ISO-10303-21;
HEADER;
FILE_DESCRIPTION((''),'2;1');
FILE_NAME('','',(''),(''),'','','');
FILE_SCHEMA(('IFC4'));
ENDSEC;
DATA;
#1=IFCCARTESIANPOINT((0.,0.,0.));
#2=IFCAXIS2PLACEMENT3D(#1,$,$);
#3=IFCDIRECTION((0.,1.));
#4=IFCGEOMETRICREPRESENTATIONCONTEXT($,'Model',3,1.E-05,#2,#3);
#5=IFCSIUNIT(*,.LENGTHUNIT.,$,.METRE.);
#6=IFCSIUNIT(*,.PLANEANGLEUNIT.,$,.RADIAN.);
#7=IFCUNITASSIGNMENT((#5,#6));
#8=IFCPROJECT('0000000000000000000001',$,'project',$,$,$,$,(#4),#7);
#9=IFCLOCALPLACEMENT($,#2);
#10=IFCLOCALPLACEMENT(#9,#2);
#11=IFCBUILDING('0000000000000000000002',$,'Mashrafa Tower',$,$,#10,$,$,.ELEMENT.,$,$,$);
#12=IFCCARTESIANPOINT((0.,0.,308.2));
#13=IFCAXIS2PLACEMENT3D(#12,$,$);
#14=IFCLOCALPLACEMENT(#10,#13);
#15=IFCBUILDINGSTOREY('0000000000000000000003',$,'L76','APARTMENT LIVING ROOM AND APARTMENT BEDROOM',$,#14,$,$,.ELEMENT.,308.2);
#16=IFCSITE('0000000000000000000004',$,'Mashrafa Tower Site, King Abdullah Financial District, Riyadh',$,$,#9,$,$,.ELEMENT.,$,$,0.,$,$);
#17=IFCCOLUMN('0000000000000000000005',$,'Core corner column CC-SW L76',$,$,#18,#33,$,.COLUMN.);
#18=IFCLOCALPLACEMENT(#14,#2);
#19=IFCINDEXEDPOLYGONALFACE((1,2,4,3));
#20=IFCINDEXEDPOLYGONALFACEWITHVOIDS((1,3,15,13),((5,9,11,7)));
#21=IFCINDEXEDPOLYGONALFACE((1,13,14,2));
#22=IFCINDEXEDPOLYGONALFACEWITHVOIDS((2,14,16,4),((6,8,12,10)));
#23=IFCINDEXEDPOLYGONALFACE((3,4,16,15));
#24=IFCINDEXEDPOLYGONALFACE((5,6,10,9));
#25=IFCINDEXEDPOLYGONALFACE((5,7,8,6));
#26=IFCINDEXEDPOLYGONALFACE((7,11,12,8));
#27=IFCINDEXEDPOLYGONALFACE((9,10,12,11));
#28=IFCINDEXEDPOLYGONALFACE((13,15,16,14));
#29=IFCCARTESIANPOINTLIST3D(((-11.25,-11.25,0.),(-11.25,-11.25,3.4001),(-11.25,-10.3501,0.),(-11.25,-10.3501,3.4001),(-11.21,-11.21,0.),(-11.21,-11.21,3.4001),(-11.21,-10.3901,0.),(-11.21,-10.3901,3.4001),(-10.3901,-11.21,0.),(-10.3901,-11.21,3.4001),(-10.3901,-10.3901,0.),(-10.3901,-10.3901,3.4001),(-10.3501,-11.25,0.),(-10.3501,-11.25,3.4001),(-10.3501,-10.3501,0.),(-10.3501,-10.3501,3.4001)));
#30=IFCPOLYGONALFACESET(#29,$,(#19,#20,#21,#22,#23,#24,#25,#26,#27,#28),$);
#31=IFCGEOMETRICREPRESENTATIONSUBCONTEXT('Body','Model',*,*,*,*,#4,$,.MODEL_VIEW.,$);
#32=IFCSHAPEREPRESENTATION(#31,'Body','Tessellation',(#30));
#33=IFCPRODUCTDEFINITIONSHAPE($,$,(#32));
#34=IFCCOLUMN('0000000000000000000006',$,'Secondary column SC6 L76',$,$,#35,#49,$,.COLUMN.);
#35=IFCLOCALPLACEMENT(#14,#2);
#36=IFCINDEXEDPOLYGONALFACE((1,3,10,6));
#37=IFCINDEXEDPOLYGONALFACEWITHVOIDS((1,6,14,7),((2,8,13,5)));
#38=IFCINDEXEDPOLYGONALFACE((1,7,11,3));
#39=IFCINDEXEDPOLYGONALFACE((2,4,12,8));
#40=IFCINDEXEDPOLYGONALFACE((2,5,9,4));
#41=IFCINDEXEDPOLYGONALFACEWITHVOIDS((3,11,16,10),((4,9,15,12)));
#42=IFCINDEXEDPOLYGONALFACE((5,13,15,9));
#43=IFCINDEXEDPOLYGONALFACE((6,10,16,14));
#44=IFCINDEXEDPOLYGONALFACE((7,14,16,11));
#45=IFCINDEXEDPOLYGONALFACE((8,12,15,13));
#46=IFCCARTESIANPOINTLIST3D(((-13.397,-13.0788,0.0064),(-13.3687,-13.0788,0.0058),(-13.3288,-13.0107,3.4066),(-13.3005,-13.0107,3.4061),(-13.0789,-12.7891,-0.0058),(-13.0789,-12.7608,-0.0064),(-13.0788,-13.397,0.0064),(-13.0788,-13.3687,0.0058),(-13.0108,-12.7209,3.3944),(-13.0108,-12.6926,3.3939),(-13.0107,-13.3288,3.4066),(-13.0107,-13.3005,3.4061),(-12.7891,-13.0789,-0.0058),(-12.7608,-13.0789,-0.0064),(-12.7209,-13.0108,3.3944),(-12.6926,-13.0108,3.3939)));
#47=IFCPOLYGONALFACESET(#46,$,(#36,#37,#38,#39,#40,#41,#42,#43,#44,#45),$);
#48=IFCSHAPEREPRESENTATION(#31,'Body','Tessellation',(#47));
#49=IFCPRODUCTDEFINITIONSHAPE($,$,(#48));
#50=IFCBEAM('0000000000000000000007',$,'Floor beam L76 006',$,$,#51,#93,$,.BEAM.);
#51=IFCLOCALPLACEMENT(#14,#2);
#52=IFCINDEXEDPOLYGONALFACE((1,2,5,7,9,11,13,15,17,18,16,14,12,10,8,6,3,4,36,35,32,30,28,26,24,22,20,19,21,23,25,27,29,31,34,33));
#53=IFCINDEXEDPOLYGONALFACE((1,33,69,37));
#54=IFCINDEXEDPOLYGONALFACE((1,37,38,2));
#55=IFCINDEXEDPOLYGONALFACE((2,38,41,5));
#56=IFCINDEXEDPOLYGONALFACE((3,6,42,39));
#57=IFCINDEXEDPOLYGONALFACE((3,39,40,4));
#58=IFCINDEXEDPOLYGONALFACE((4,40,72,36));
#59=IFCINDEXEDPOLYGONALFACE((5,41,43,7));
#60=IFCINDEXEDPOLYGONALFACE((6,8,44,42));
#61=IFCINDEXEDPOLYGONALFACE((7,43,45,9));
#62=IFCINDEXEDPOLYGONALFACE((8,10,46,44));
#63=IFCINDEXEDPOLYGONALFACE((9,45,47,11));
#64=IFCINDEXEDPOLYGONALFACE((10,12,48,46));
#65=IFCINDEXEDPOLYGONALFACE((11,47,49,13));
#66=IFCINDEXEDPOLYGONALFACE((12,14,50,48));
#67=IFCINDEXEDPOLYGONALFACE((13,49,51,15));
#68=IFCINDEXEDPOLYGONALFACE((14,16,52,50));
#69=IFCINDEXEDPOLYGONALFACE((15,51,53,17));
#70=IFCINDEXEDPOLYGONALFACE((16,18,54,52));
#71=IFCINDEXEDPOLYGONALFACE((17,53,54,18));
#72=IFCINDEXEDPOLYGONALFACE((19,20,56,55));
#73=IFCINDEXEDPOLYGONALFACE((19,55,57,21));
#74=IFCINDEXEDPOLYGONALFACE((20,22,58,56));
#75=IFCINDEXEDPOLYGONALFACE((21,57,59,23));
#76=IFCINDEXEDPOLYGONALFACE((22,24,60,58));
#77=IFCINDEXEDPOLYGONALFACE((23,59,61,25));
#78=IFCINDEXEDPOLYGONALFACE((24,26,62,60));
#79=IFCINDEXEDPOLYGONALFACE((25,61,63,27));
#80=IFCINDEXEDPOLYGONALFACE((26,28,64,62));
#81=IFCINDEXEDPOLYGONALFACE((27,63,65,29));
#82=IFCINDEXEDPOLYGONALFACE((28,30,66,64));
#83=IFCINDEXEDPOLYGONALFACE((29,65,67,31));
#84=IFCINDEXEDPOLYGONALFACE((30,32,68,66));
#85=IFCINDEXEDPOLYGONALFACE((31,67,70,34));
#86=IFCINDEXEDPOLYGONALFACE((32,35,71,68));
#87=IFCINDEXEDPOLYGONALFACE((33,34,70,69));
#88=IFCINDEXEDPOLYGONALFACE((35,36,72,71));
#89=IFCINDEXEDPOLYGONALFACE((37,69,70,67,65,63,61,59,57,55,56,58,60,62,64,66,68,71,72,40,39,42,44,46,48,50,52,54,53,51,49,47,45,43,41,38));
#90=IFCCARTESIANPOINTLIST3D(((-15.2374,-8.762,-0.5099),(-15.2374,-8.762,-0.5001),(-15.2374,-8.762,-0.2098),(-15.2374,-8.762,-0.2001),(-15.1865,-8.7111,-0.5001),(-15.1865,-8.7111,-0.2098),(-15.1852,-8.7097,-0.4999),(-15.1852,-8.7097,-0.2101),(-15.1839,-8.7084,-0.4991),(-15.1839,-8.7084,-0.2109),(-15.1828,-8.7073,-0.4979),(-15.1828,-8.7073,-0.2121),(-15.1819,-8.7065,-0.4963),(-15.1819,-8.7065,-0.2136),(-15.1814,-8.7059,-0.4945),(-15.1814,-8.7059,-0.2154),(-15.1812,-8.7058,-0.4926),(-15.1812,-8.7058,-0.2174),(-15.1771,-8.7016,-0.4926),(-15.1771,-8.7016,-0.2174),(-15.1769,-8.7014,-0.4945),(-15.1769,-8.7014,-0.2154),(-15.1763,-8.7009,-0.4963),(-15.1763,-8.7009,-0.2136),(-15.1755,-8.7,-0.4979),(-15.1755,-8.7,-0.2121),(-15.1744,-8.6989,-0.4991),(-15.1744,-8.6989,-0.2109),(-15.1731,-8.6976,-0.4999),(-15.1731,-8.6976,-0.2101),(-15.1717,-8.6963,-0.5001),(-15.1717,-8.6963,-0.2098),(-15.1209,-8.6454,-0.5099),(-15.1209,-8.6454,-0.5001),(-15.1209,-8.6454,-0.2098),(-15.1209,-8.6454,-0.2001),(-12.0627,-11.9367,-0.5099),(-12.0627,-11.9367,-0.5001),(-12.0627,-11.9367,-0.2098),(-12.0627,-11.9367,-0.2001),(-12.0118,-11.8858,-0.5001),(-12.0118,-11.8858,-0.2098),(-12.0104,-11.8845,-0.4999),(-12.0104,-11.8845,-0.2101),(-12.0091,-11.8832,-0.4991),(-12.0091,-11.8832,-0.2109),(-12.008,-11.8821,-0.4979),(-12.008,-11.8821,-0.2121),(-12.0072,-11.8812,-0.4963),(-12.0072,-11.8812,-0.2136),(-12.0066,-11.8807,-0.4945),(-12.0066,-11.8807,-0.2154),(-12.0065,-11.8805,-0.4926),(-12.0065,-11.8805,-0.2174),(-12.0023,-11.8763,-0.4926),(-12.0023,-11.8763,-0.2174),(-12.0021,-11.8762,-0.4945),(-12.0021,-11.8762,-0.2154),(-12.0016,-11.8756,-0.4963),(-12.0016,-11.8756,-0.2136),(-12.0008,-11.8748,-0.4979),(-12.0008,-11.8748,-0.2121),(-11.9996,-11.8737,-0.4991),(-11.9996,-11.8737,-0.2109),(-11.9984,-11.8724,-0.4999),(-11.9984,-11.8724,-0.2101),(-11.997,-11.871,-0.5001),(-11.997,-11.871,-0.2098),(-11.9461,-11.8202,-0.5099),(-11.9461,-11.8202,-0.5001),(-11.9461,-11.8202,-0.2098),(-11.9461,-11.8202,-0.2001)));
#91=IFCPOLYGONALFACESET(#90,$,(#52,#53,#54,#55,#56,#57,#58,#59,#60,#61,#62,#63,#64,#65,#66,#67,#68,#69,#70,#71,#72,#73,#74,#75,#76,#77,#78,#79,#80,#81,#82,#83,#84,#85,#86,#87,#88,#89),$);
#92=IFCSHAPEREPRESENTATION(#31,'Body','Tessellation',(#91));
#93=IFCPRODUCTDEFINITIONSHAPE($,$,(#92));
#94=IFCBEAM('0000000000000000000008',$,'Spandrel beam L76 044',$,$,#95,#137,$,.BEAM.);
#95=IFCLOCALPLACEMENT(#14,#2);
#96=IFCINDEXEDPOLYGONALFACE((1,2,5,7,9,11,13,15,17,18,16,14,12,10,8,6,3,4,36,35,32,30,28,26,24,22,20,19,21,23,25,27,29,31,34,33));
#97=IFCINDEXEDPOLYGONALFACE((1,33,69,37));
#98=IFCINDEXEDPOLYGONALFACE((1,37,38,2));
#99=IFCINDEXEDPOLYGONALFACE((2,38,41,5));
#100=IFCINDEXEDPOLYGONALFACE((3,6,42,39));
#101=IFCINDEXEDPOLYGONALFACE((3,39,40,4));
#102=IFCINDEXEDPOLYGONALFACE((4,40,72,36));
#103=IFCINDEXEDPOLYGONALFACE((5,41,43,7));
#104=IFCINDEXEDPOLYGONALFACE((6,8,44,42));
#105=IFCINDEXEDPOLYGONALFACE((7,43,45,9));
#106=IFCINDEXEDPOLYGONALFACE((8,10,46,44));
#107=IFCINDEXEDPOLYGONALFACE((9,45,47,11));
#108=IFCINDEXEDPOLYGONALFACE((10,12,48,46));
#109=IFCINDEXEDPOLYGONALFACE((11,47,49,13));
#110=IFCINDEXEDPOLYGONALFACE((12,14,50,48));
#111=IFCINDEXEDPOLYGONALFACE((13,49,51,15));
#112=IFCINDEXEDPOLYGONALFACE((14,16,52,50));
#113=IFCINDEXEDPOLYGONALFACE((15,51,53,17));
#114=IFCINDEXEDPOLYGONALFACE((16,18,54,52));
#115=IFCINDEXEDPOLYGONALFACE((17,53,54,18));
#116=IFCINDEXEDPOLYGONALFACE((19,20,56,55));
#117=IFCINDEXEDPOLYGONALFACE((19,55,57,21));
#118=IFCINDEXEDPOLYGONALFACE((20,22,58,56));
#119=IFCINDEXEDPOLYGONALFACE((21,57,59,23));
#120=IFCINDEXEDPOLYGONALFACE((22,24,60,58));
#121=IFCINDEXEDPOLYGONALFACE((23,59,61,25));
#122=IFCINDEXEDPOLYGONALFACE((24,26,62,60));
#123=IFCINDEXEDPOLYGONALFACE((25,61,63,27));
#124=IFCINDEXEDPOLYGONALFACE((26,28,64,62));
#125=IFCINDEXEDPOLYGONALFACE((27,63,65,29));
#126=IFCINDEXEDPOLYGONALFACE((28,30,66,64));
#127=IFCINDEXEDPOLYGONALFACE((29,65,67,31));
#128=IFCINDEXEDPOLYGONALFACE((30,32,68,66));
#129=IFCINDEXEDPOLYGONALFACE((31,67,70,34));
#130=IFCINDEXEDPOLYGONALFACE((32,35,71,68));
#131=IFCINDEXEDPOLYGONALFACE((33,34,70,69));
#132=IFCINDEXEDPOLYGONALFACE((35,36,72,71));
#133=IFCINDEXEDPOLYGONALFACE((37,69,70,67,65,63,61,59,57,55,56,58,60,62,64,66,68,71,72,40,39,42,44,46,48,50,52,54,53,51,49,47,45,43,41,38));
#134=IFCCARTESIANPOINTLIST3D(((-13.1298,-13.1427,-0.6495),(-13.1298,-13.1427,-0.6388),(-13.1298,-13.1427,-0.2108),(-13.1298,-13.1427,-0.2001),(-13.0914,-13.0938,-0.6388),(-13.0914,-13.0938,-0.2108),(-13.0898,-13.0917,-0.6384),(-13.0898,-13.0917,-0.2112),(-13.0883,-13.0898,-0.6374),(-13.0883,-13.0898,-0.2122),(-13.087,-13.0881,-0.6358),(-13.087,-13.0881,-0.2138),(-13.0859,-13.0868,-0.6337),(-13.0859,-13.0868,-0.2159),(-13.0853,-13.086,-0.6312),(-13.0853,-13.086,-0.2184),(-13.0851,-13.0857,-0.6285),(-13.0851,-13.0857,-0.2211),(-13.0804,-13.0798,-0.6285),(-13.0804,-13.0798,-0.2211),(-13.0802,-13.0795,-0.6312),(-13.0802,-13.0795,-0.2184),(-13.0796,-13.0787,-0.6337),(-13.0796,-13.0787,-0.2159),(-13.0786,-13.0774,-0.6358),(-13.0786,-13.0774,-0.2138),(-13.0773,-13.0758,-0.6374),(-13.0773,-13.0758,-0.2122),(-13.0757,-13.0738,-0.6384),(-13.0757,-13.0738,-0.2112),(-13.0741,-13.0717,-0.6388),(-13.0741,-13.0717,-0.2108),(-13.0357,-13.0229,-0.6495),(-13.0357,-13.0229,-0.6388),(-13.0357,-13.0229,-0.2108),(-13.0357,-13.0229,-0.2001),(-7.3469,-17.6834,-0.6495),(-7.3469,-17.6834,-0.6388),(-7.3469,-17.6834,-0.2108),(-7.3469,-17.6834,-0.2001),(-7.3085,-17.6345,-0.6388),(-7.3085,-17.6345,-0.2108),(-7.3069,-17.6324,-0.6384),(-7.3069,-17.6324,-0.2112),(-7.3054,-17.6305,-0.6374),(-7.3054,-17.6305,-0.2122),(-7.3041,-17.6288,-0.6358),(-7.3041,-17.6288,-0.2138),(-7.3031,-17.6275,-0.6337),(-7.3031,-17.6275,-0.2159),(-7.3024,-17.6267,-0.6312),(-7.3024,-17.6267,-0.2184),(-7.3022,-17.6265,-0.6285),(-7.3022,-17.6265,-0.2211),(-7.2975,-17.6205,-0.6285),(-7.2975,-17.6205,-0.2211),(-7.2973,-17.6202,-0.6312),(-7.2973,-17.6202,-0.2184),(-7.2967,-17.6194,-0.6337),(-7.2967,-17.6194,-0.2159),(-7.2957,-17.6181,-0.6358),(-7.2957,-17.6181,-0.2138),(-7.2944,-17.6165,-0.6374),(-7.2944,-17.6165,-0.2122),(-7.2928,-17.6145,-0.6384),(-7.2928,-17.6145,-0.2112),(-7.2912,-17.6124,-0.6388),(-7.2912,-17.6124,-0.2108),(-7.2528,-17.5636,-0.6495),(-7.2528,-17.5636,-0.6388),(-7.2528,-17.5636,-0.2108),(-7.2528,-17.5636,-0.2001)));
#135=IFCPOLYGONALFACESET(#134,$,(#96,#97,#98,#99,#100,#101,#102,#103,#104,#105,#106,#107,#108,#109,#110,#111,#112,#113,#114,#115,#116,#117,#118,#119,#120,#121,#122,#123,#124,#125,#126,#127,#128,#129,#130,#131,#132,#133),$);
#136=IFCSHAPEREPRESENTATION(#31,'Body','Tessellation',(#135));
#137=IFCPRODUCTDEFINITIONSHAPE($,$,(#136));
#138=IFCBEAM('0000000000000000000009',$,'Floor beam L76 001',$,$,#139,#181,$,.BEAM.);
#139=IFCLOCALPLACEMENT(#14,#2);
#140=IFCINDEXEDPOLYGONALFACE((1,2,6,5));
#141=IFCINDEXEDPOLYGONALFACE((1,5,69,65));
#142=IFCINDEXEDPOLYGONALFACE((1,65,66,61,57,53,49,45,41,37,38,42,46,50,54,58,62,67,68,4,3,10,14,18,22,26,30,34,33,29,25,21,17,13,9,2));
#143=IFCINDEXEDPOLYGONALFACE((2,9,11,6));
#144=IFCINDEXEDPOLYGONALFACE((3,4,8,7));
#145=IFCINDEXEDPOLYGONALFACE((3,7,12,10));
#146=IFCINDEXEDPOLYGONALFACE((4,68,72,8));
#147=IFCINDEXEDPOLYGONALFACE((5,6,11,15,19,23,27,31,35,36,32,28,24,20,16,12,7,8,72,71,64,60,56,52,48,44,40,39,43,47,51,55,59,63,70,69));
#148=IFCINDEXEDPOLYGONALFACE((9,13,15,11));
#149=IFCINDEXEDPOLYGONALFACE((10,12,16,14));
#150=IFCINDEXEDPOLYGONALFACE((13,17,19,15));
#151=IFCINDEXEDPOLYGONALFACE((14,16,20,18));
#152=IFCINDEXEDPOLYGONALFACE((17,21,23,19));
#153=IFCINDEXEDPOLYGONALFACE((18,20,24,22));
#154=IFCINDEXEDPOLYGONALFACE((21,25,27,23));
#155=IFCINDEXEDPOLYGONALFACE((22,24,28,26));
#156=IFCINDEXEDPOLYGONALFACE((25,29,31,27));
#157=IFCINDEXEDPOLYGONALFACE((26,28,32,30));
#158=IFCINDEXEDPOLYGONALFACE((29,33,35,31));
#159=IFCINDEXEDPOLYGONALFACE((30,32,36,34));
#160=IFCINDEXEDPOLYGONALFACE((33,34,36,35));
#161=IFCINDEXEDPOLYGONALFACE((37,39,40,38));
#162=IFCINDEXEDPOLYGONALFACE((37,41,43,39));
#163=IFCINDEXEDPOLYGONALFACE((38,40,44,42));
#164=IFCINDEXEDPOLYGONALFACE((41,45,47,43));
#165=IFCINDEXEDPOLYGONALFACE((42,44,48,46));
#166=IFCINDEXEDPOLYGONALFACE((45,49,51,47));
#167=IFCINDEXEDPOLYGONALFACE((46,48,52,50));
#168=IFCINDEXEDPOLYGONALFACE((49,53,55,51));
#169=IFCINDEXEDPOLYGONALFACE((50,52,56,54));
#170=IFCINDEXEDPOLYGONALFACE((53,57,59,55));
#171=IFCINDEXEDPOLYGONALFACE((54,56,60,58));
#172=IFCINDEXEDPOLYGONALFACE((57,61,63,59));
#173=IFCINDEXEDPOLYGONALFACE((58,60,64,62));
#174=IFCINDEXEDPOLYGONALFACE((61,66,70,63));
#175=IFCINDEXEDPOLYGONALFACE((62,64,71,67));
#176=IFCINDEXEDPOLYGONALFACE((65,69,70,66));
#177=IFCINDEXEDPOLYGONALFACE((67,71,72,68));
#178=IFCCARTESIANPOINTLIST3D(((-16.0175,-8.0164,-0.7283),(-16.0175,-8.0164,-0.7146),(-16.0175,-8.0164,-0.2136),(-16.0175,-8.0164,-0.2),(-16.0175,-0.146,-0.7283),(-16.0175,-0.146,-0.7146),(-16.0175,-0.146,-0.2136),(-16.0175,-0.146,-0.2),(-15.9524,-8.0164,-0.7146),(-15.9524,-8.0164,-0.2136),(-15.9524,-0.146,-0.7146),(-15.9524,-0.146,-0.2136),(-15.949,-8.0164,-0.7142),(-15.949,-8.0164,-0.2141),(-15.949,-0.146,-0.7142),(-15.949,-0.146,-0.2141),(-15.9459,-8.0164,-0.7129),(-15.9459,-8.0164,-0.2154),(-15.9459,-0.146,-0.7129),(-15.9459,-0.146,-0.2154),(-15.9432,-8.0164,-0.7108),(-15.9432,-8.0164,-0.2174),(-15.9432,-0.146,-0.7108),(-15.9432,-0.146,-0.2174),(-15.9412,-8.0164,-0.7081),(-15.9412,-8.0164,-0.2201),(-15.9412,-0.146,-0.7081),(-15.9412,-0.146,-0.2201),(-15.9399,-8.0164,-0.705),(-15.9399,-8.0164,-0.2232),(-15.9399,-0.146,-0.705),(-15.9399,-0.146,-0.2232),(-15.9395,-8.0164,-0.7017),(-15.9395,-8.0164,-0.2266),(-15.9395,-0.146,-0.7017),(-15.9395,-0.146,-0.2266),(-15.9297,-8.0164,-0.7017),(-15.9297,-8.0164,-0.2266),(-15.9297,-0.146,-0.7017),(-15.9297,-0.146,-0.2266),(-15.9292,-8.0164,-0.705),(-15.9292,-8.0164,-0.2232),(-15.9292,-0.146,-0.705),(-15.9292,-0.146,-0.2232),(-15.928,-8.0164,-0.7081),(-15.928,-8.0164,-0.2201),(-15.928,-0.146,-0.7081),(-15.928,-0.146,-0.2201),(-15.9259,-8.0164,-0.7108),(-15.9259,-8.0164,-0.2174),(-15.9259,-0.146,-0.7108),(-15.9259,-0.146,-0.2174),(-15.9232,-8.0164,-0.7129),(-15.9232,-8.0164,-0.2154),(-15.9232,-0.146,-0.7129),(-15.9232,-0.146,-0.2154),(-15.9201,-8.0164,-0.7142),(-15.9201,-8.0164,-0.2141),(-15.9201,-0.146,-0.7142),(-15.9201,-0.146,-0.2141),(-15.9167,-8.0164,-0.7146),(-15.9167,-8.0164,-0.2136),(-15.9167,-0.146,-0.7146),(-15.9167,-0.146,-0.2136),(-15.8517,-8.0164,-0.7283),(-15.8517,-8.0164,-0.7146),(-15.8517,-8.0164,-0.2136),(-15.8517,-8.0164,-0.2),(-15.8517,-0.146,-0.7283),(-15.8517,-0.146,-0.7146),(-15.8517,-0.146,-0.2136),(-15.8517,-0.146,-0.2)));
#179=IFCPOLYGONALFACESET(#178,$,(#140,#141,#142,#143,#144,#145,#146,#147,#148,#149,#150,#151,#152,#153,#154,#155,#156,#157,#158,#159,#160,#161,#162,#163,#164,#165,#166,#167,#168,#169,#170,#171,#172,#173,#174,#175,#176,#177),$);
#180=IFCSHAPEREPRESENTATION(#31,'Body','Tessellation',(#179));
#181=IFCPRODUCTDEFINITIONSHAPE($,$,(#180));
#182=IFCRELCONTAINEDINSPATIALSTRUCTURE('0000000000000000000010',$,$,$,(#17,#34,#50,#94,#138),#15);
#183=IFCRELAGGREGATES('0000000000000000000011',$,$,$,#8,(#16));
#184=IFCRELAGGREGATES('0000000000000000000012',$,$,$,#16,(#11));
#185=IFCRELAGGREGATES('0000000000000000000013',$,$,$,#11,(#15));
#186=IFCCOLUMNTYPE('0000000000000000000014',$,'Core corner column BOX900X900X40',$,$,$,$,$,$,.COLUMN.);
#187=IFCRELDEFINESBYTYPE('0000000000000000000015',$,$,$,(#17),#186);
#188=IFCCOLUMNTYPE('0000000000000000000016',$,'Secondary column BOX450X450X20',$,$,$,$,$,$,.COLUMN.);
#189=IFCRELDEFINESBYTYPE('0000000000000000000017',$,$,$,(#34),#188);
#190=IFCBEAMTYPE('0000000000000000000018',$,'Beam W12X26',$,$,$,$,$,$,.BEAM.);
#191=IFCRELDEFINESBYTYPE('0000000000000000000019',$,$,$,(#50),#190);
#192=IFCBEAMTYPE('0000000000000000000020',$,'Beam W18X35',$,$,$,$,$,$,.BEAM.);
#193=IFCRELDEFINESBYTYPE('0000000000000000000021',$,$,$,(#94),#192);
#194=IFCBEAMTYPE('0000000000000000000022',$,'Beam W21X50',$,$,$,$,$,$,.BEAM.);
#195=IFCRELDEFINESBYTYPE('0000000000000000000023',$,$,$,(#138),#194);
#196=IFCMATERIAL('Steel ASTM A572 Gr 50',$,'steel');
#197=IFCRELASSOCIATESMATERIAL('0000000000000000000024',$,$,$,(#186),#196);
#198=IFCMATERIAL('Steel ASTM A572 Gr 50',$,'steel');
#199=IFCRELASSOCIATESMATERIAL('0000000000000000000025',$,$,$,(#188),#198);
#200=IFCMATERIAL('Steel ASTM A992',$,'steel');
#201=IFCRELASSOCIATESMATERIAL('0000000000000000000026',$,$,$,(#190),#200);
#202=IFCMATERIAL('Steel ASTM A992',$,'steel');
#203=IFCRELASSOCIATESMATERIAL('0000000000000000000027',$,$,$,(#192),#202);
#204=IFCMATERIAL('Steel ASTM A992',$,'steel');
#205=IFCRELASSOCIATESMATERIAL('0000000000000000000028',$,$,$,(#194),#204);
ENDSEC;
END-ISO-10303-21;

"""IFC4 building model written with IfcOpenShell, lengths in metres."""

from ifc_helpers import new_model, si_unit, direction, frame, origin, origin_2d, place, context, subcontext, project, spatial, hollow_rectangle, i_section, extrude, material, material_profile, profile_set, type_object, element, save


model = new_model("IFC4")

# Units and contexts
model_context = context("Model", 3, precision=1e-05, world=origin(), true_north=direction((0.0, 1.0)))
body_context = subcontext(model_context, "Body", "Model", "MODEL_VIEW")
ifc_project = project(units=[si_unit("LENGTHUNIT", "METRE"), si_unit("PLANEANGLEUNIT", "RADIAN")], contexts=[model_context])

# Site, building, storey
site_placement = place(None, origin())
site = spatial("IfcSite", under=ifc_project, at=site_placement, Name="Mashrafa Tower Site, King Abdullah Financial District, Riyadh", CompositionType="ELEMENT", RefElevation=0.0)
building_placement = place(site_placement, origin())
building = spatial("IfcBuilding", under=site, at=building_placement, Name="Mashrafa Tower", CompositionType="ELEMENT")
storey_placement = place(building_placement, frame((0.0, 0.0, 308.2)))
storey = spatial("IfcBuildingStorey", under=building, at=storey_placement, Name="L76", Description="APARTMENT LIVING ROOM AND APARTMENT BEDROOM", CompositionType="ELEMENT", Elevation=308.2)

# Columns
ifc_material_1 = material(Name="Steel ASTM A572 Gr 50", Category="steel")
ifc_material_profile_1 = material_profile(ifc_material_1, hollow_rectangle(XDim=0.8999, YDim=0.8999, WallThickness=0.04, at=origin_2d()), Name="BOX900X900X40")
ifc_profile_set_1 = profile_set([ifc_material_profile_1], Name="Steel ASTM A572 Gr 50")
column_type_1 = type_object("IfcColumnType", Name="Core corner column BOX900X900X40", PredefinedType="COLUMN", material=ifc_profile_set_1)
column_1_placement = place(storey_placement, frame((-10.8, -10.8, 0.0), z_axis=(0.0, 0.0, 1.0), x_axis=(1.0, 0.0, 0.0)))
element("IfcColumn", 1, at=column_1_placement, inside=storey, type_object=column_type_1, Name="Core corner column CC-SW L76", PredefinedType="COLUMN", context=body_context, shape_type="SweptSolid", body=[
    extrude(hollow_rectangle(XDim=0.8999, YDim=0.8999, WallThickness=0.04, at=origin_2d()), origin(), (0.0, 0.0, 1.0), 3.4001),
])
ifc_material_2 = material(Name="Steel ASTM A572 Gr 50", Category="steel")
ifc_material_profile_2 = material_profile(ifc_material_2, hollow_rectangle(XDim=0.45, YDim=0.45, WallThickness=0.02, at=origin_2d()), Name="BOX450X450X20")
ifc_profile_set_2 = profile_set([ifc_material_profile_2], Name="Steel ASTM A572 Gr 50")
column_type_2 = type_object("IfcColumnType", Name="Secondary column BOX450X450X20", PredefinedType="COLUMN", material=ifc_profile_set_2)
column_2_placement = place(storey_placement, frame((-13.0789, -13.0789, 0.0), z_axis=(0.020025, 0.020025, 0.999599), x_axis=(-0.707107, 0.707107, 0.0)))
element("IfcColumn", 2, at=column_2_placement, inside=storey, type_object=column_type_2, Name="Secondary column SC6 L76", PredefinedType="COLUMN", context=body_context, shape_type="SweptSolid", body=[
    extrude(hollow_rectangle(XDim=0.45, YDim=0.45, WallThickness=0.02, at=origin_2d()), origin(), (0.0, 0.0, 1.0), 3.4016),
])

# Beams
ifc_material_3 = material(Name="Steel ASTM A992", Category="steel")
ifc_material_profile_3 = material_profile(ifc_material_3, i_section(OverallWidth=0.1648, OverallDepth=0.3098, WebThickness=0.0059, FlangeThickness=0.0098, FilletRadius=0.0076, at=origin_2d()), Name="W12X26")
ifc_profile_set_3 = profile_set([ifc_material_profile_3], Name="Steel ASTM A992")
beam_type_1 = type_object("IfcBeamType", Name="Beam W12X26", PredefinedType="BEAM", material=ifc_profile_set_3)
beam_1_placement = place(storey_placement, frame((-12.0044, -11.8784, -0.355), z_axis=(-0.707107, 0.707107, 0.0), x_axis=(-0.707107, -0.707107, 0.0)))
element("IfcBeam", 3, at=beam_1_placement, inside=storey, type_object=beam_type_1, Name="Floor beam L76 006", PredefinedType="BEAM", context=body_context, shape_type="SweptSolid", body=[
    extrude(i_section(OverallWidth=0.1648, OverallDepth=0.3098, WebThickness=0.0059, FlangeThickness=0.0098, FilletRadius=0.0076, at=origin_2d()), origin(), (0.0, 0.0, 1.0), 4.4897),
])
ifc_material_4 = material(Name="Steel ASTM A992", Category="steel")
ifc_material_profile_4 = material_profile(ifc_material_4, i_section(OverallWidth=0.1523, OverallDepth=0.4495, WebThickness=0.0076, FlangeThickness=0.0107, FilletRadius=0.0103, at=origin_2d()), Name="W18X35")
ifc_profile_set_4 = profile_set([ifc_material_profile_4], Name="Steel ASTM A992")
beam_type_2 = type_object("IfcBeamType", Name="Beam W18X35", PredefinedType="BEAM", material=ifc_profile_set_4)
beam_2_placement = place(storey_placement, frame((-13.0828, -13.0828, -0.4248), z_axis=(0.786515, -0.617571, 0.0), x_axis=(0.617571, 0.786515, 0.0)))
element("IfcBeam", 4, at=beam_2_placement, inside=storey, type_object=beam_type_2, Name="Spandrel beam L76 044", PredefinedType="BEAM", context=body_context, shape_type="SweptSolid", body=[
    extrude(i_section(OverallWidth=0.1523, OverallDepth=0.4495, WebThickness=0.0076, FlangeThickness=0.0107, FilletRadius=0.0103, at=origin_2d()), origin(), (0.0, 0.0, 1.0), 7.3525),
])
ifc_material_5 = material(Name="Steel ASTM A992", Category="steel")
ifc_material_profile_5 = material_profile(ifc_material_5, i_section(OverallWidth=0.1658, OverallDepth=0.5283, WebThickness=0.0098, FlangeThickness=0.0137, FilletRadius=0.0129, at=origin_2d()), Name="W21X50")
ifc_profile_set_5 = profile_set([ifc_material_profile_5], Name="Steel ASTM A992")
beam_type_3 = type_object("IfcBeamType", Name="Beam W21X50", PredefinedType="BEAM", material=ifc_profile_set_5)
beam_3_placement = place(storey_placement, frame((-15.9346, -8.0164, -0.4641), z_axis=(0.0, 1.0, 0.0), x_axis=(-1.0, 0.0, 0.0)))
element("IfcBeam", 5, at=beam_3_placement, inside=storey, type_object=beam_type_3, Name="Floor beam L76 001", PredefinedType="BEAM", context=body_context, shape_type="SweptSolid", body=[
    extrude(i_section(OverallWidth=0.1658, OverallDepth=0.5283, WebThickness=0.0098, FlangeThickness=0.0137, FilletRadius=0.0129, at=origin_2d()), origin(), (0.0, 0.0, 1.0), 7.8704),
])

save(model, "model.ifc")
